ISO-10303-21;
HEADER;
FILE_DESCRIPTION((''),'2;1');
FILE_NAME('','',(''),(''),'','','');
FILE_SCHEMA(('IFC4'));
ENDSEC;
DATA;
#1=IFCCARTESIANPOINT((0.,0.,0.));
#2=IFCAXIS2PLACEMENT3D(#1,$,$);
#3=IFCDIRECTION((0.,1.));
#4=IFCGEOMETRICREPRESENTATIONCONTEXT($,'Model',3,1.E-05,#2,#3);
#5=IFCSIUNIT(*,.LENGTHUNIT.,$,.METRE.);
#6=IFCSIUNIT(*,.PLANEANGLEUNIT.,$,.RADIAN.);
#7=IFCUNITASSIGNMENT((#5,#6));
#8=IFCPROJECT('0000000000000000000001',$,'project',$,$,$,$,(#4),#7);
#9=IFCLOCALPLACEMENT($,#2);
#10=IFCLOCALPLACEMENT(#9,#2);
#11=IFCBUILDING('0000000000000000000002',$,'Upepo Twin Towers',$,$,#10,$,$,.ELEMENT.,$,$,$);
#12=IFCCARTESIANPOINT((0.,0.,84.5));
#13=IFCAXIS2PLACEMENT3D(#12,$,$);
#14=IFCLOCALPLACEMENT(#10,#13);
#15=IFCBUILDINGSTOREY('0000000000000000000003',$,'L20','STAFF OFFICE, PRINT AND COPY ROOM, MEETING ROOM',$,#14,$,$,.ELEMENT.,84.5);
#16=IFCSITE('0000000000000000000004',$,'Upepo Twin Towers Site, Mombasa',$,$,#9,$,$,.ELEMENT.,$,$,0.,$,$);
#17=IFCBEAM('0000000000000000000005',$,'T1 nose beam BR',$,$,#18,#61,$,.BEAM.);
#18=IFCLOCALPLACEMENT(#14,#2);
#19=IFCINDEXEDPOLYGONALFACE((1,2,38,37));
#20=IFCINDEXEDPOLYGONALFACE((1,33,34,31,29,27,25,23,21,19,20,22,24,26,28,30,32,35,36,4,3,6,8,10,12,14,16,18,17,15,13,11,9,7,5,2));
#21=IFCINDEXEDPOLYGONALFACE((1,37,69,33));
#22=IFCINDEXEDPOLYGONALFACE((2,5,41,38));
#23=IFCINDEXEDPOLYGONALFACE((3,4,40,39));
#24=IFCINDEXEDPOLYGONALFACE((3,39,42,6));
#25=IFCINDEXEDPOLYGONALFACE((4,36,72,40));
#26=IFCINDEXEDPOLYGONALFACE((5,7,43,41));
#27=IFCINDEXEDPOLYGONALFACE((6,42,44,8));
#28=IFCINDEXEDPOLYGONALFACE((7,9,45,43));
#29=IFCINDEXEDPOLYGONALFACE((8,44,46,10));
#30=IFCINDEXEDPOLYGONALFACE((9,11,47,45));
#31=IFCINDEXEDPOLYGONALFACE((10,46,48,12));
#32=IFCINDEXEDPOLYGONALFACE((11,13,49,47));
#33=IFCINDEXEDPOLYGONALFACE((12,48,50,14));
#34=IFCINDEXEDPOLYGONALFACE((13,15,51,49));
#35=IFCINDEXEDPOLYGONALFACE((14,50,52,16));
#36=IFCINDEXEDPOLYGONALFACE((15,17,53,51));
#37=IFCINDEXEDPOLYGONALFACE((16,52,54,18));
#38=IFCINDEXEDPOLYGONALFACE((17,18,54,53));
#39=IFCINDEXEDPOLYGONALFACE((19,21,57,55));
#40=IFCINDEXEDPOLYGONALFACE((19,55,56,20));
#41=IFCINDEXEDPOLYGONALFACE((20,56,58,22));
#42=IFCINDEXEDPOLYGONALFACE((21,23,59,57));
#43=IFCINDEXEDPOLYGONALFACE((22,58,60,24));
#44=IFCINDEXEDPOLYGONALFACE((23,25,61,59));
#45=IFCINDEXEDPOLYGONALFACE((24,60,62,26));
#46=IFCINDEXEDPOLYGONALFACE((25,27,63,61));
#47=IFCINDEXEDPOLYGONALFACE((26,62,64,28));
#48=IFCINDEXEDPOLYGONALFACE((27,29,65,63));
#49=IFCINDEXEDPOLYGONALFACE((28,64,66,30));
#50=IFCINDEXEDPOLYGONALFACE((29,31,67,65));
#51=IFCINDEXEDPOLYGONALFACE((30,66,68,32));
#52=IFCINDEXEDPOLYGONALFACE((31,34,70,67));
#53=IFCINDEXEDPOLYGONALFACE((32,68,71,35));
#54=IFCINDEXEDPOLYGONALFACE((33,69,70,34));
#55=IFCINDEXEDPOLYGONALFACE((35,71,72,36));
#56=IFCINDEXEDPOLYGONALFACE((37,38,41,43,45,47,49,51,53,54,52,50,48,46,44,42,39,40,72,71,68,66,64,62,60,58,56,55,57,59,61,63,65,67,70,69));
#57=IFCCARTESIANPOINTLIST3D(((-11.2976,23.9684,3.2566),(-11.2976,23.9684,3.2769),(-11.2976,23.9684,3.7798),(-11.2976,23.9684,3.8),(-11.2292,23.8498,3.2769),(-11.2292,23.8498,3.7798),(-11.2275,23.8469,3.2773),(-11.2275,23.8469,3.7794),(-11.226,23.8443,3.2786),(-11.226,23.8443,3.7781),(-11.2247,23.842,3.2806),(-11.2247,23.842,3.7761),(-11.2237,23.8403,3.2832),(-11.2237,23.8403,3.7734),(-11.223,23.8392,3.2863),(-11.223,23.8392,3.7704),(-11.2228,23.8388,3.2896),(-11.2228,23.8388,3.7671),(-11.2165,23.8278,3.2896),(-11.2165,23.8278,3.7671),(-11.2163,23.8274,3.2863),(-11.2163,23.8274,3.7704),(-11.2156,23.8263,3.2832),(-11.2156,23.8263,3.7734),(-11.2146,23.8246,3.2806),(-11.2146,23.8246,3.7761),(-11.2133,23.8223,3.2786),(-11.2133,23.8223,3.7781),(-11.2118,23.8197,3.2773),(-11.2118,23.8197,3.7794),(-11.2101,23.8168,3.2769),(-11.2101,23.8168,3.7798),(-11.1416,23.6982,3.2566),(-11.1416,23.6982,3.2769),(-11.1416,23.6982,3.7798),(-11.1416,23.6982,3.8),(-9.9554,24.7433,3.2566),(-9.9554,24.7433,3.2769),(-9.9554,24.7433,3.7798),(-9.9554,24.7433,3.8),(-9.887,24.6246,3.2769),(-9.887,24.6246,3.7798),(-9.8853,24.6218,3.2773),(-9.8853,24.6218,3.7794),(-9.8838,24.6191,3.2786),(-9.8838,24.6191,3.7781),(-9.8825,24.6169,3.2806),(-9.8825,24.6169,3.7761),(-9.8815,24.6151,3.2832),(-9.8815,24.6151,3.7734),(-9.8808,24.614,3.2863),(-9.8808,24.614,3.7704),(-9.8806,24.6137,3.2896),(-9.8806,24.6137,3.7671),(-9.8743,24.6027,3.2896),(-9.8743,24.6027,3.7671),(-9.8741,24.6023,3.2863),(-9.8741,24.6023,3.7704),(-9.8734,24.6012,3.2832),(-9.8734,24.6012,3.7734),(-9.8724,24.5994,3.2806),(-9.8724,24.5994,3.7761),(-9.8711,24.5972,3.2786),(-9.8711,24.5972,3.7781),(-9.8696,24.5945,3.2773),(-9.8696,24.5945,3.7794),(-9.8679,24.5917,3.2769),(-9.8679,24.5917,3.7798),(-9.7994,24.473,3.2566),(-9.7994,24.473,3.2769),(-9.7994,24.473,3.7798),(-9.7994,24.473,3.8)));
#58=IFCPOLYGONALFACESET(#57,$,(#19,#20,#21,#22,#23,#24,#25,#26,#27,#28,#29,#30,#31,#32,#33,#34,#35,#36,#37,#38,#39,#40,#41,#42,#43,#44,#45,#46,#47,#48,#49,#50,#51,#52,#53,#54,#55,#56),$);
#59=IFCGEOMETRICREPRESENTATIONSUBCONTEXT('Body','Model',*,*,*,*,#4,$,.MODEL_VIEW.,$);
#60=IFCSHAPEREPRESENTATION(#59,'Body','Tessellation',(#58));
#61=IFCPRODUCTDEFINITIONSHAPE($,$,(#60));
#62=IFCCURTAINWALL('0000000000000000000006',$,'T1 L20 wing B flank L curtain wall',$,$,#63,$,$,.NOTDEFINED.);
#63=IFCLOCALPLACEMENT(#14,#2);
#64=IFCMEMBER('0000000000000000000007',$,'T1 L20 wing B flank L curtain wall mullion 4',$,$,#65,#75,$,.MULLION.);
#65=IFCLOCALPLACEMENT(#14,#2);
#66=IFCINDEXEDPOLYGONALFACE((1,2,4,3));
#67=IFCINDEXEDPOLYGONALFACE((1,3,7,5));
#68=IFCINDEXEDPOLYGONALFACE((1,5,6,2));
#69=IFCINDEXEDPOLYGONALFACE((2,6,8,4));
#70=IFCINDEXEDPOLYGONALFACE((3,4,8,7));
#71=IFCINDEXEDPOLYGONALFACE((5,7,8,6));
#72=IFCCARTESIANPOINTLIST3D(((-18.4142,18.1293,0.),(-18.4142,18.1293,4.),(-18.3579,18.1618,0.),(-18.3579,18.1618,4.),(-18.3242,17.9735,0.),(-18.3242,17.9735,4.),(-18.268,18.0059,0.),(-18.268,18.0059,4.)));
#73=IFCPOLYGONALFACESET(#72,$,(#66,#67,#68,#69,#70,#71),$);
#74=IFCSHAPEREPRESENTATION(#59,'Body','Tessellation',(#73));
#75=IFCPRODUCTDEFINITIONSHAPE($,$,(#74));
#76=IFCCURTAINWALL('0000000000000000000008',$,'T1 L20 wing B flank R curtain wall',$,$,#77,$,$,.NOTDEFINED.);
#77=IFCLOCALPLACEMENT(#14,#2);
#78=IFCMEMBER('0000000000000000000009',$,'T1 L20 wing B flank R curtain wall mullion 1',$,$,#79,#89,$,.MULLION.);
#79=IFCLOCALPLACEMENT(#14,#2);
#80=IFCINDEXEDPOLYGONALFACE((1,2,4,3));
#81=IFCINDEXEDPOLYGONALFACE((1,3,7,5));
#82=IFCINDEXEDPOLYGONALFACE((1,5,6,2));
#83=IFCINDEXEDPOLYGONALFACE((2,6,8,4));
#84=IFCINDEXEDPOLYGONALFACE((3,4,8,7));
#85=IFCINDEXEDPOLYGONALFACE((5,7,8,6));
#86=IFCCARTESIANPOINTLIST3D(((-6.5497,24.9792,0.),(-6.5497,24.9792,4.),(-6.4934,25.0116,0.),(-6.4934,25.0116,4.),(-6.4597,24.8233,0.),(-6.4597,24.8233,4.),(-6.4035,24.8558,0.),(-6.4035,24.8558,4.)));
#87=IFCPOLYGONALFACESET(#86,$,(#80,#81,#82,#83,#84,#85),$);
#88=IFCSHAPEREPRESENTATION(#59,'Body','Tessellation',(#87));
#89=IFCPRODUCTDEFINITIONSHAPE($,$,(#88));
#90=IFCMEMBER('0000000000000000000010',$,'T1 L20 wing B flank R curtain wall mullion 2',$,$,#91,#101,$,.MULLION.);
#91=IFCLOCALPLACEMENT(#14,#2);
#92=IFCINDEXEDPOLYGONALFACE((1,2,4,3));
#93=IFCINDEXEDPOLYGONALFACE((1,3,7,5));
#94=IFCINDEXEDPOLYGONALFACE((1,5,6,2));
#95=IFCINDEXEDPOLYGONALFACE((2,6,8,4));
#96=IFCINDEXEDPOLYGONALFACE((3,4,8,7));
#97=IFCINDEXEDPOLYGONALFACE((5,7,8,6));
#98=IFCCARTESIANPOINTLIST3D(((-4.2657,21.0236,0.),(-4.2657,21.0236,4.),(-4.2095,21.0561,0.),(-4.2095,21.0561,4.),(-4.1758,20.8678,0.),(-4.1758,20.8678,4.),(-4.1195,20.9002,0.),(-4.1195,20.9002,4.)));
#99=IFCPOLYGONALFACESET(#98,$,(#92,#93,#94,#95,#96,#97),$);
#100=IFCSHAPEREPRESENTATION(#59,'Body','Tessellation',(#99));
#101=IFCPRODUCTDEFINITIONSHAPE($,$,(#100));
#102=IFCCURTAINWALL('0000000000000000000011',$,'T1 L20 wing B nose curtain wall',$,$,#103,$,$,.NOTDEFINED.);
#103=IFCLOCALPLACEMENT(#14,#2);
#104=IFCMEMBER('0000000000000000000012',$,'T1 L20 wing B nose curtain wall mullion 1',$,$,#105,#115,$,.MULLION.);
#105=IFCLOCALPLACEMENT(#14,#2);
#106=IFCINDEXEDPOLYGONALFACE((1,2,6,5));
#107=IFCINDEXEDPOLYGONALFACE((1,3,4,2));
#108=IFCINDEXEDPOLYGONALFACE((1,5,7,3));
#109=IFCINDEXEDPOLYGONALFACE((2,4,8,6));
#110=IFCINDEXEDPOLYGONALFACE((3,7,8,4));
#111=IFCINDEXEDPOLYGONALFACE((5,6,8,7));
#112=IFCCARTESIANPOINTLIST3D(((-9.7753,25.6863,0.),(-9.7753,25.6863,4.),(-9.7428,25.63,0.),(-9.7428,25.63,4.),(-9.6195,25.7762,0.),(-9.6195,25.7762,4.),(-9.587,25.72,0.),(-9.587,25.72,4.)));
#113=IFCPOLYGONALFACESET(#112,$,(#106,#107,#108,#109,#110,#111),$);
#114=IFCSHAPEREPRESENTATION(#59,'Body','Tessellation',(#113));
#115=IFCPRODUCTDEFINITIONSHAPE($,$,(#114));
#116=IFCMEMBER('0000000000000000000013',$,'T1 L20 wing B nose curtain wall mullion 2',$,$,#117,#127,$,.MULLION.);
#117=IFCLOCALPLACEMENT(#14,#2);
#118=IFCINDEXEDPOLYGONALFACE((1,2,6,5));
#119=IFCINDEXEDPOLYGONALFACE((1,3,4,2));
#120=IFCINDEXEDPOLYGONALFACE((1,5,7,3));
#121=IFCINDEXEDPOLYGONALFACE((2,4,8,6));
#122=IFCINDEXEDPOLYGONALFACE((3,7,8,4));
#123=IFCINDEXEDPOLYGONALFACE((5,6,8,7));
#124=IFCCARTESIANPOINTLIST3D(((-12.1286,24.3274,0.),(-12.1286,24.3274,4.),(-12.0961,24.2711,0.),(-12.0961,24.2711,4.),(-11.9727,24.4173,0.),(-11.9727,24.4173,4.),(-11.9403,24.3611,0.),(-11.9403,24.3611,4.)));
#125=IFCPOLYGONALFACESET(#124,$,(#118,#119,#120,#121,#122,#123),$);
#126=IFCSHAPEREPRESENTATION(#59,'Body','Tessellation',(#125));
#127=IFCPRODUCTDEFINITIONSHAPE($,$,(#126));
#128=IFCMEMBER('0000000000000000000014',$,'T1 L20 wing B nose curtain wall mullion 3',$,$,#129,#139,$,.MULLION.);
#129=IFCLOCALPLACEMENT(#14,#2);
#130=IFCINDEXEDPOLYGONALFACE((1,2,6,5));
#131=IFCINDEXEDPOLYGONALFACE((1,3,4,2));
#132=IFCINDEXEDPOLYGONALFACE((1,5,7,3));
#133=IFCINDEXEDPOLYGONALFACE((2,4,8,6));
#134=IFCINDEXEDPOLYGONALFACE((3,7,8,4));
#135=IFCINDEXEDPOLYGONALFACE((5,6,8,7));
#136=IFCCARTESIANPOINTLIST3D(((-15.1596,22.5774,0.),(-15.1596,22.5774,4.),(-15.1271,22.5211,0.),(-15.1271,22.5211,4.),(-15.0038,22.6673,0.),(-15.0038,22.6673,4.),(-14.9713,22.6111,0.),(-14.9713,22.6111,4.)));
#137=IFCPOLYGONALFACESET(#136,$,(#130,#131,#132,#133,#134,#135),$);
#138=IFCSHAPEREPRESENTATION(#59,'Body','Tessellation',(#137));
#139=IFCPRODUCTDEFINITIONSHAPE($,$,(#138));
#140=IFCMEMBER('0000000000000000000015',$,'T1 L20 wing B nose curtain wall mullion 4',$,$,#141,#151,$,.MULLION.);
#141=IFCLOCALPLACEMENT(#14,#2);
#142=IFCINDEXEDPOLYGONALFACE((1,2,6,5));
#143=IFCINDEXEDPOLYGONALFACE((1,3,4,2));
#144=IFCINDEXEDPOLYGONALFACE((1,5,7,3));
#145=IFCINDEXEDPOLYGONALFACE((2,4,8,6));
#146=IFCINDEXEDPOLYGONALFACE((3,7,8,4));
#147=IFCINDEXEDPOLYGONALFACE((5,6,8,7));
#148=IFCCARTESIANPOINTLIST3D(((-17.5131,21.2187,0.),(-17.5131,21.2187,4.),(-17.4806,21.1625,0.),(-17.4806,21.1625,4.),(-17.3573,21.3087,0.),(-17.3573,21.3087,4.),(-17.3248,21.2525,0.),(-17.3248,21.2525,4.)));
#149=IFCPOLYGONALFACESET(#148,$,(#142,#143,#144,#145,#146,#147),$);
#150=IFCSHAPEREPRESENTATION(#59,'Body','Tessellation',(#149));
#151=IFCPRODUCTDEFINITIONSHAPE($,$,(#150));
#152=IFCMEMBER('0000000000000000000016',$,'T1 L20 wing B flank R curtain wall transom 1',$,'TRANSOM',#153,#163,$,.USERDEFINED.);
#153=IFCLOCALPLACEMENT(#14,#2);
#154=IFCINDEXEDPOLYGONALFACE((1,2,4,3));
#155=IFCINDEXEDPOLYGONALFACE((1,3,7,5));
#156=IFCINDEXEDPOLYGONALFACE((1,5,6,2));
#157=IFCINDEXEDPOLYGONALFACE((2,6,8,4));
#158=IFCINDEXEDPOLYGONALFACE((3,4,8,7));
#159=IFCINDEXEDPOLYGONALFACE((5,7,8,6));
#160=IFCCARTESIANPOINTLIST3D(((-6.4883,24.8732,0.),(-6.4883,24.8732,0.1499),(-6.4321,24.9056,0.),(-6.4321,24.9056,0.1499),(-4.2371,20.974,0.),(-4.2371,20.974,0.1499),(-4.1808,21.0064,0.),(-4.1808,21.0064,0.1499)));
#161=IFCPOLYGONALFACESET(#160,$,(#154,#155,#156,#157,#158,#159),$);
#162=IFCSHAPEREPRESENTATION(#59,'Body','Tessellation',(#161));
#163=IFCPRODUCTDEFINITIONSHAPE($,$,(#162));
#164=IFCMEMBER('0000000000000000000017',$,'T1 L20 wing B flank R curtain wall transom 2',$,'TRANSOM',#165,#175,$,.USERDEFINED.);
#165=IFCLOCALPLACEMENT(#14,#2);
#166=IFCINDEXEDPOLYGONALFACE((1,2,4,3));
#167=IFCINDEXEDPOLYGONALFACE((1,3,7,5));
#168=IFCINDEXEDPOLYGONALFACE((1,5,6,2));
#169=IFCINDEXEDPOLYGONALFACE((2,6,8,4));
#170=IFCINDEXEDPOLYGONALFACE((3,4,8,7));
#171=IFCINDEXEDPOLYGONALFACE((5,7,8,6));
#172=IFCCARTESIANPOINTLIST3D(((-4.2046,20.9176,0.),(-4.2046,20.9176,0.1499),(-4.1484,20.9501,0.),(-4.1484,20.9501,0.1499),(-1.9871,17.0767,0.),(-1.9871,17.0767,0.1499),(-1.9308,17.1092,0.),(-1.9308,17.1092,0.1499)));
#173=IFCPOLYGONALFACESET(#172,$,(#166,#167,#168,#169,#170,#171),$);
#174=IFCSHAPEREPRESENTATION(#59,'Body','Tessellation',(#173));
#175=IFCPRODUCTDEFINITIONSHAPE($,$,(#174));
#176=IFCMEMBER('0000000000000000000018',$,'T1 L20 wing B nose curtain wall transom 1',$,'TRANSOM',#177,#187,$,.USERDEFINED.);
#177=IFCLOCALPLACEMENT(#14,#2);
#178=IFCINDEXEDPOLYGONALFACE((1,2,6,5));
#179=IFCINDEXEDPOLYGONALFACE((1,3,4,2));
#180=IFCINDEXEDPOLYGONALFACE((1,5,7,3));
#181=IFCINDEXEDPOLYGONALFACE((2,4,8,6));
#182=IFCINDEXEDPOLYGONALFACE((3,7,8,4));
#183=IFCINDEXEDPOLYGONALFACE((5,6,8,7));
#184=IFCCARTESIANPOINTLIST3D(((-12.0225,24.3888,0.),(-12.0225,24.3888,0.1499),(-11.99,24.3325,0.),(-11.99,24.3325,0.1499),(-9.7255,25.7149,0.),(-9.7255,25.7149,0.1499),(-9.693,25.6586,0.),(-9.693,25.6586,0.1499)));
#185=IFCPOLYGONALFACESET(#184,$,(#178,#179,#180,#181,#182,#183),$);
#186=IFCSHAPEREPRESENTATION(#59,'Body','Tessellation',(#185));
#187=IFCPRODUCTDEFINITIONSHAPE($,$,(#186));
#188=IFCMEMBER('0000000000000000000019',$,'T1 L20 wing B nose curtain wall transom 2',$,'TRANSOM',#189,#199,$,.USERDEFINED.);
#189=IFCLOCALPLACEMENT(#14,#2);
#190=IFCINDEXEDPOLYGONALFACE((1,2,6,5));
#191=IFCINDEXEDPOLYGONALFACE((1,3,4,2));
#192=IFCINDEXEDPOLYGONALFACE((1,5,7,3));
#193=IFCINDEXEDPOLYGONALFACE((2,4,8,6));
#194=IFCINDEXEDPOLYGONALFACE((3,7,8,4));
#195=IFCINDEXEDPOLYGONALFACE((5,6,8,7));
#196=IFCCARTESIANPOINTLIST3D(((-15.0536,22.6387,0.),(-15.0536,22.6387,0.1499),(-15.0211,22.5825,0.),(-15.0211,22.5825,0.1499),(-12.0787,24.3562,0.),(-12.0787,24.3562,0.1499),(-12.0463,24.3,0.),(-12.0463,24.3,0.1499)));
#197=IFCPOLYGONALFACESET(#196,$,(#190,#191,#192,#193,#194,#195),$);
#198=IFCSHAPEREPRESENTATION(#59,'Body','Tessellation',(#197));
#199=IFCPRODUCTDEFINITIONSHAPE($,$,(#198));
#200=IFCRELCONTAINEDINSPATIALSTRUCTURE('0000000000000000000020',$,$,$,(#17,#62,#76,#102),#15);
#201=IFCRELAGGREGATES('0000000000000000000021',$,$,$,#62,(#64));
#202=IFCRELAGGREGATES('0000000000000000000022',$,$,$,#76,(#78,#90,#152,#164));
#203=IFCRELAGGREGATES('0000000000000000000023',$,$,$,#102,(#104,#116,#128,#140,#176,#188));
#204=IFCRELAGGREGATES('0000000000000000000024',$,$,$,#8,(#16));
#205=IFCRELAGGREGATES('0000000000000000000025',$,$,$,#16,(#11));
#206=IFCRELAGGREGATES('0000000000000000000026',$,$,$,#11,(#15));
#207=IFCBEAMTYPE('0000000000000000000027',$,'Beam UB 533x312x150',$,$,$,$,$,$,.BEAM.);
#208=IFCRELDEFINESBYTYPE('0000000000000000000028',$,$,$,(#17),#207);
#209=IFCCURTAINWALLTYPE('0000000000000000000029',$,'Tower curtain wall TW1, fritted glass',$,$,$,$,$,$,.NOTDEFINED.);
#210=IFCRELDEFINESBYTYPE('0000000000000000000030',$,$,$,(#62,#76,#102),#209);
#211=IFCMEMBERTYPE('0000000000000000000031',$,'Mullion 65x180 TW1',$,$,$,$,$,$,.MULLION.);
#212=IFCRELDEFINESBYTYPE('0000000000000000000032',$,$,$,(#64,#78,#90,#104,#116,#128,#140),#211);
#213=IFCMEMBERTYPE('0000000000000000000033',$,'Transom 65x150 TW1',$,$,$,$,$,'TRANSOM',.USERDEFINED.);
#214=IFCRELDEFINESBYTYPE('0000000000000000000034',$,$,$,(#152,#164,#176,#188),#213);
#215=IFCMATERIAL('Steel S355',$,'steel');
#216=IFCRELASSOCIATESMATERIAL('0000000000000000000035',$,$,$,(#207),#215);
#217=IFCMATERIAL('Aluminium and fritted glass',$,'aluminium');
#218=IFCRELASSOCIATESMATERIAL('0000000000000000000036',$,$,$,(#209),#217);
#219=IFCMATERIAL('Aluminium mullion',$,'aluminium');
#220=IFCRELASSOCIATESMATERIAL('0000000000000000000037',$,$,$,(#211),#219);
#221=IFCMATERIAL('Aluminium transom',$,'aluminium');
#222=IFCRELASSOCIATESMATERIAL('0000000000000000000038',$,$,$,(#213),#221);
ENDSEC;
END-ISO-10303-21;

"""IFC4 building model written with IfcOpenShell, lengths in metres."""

from ifc_helpers import new_model, si_unit, direction, frame, origin, origin_2d, place, context, subcontext, project, spatial, rectangle, i_section, extrude, material, material_profile, profile_set, type_object, element, aggregate, save


model = new_model("IFC4")

# Units and contexts
model_context = context("Model", 3, precision=1e-05, world=origin(), true_north=direction((0.0, 1.0)))
body_context = subcontext(model_context, "Body", "Model", "MODEL_VIEW")
ifc_project = project(units=[si_unit("LENGTHUNIT", "METRE"), si_unit("PLANEANGLEUNIT", "RADIAN")], contexts=[model_context])

# Site, building, storey
site_placement = place(None, origin())
site = spatial("IfcSite", under=ifc_project, at=site_placement, Name="Upepo Twin Towers Site, Mombasa", CompositionType="ELEMENT", RefElevation=0.0)
building_placement = place(site_placement, origin())
building = spatial("IfcBuilding", under=site, at=building_placement, Name="Upepo Twin Towers", CompositionType="ELEMENT")
storey_placement = place(building_placement, frame((0.0, 0.0, 84.5)))
storey = spatial("IfcBuildingStorey", under=building, at=storey_placement, Name="L20", Description="STAFF OFFICE, PRINT AND COPY ROOM, MEETING ROOM", CompositionType="ELEMENT", Elevation=84.5)

# Beam
ifc_material_1 = material(Name="Steel S355", Category="steel")
ifc_material_profile_1 = material_profile(ifc_material_1, i_section(OverallWidth=0.312, OverallDepth=0.5435, WebThickness=0.0127, FlangeThickness=0.0203, FilletRadius=0.0127, at=origin_2d()), Name="UB 533x312x150")
ifc_profile_set_1 = profile_set([ifc_material_profile_1], Name="Steel S355")
beam_type_1 = type_object("IfcBeamType", Name="Beam UB 533x312x150", PredefinedType="BEAM", material=ifc_profile_set_1)
for number, where, z_axis, x_axis, name in (
    (1, (-9.8774, 24.6082, 3.5283), (-0.866044, -0.499968, 0.0), (0.499968, -0.866044, 0.0), "T1 nose beam BR"),
):
    element("IfcBeam", number, at=place(storey_placement, frame(where, z_axis=z_axis, x_axis=x_axis)), inside=storey, type_object=beam_type_1, Name=name, PredefinedType="BEAM", context=body_context, shape_type="SweptSolid", body=[
        extrude(i_section(OverallWidth=0.312, OverallDepth=0.5435, WebThickness=0.0127, FlangeThickness=0.0203, FilletRadius=0.0127, at=origin_2d()), origin(), (0.0, 0.0, 1.0), 1.5498),
    ])

# Curtain wall, member
ifc_material_2 = material(Name="Aluminium and fritted glass", Category="aluminium")
curtain_wall_type = type_object("IfcCurtainWallType", Name="Tower curtain wall TW1, fritted glass", PredefinedType="NOTDEFINED", material=ifc_material_2)
curtain_wall_1_placement = place(storey_placement, origin())
curtain_wall_1 = element("IfcCurtainWall", 2, at=curtain_wall_1_placement, inside=storey, type_object=curtain_wall_type, Name="T1 L20 wing B flank L curtain wall", PredefinedType="NOTDEFINED")
ifc_material_3 = material(Name="Aluminium mullion", Category="aluminium")
ifc_material_profile_2 = material_profile(ifc_material_3, rectangle(XDim=0.0649, YDim=0.1799, at=origin_2d()), Name="MULLION 65x180")
ifc_profile_set_2 = profile_set([ifc_material_profile_2], Name="Aluminium mullion")
member_type_1 = type_object("IfcMemberType", Name="Mullion 65x180 TW1", PredefinedType="MULLION", material=ifc_profile_set_2)
member_1_placement = place(storey_placement, frame((-18.3411, 18.0676, 0.0), z_axis=(0.0, 0.0, 1.0), x_axis=(-0.866025, -0.5, 0.0)))
member_1 = element("IfcMember", 3, at=member_1_placement, type_object=member_type_1, Name="T1 L20 wing B flank L curtain wall mullion 4", PredefinedType="MULLION", context=body_context, shape_type="SweptSolid", body=[
    extrude(rectangle(XDim=0.0649, YDim=0.1799, at=origin_2d()), origin(), (0.0, 0.0, 1.0), 4.0),
])
aggregate(curtain_wall_1, [member_1])

# Curtain walls, members
curtain_wall_2_placement = place(storey_placement, origin())
curtain_wall_2 = element("IfcCurtainWall", 4, at=curtain_wall_2_placement, inside=storey, type_object=curtain_wall_type, Name="T1 L20 wing B flank R curtain wall", PredefinedType="NOTDEFINED")
member_2_placement = place(storey_placement, frame((-6.4766, 24.9175, 0.0), z_axis=(0.0, 0.0, 1.0), x_axis=(0.866025, 0.5, 0.0)))
member_2 = element("IfcMember", 5, at=member_2_placement, type_object=member_type_1, Name="T1 L20 wing B flank R curtain wall mullion 1", PredefinedType="MULLION", context=body_context, shape_type="SweptSolid", body=[
    extrude(rectangle(XDim=0.0649, YDim=0.1799, at=origin_2d()), origin(), (0.0, 0.0, 1.0), 4.0),
])
member_3_placement = place(storey_placement, frame((-4.1926, 20.9619, 0.0), z_axis=(0.0, 0.0, 1.0), x_axis=(0.866025, 0.5, 0.0)))
member_3 = element("IfcMember", 6, at=member_3_placement, type_object=member_type_1, Name="T1 L20 wing B flank R curtain wall mullion 2", PredefinedType="MULLION", context=body_context, shape_type="SweptSolid", body=[
    extrude(rectangle(XDim=0.0649, YDim=0.1799, at=origin_2d()), origin(), (0.0, 0.0, 1.0), 4.0),
])
curtain_wall_3_placement = place(storey_placement, origin())
curtain_wall_3 = element("IfcCurtainWall", 7, at=curtain_wall_3_placement, inside=storey, type_object=curtain_wall_type, Name="T1 L20 wing B nose curtain wall", PredefinedType="NOTDEFINED")
member_4_placement = place(storey_placement, frame((-9.6812, 25.7031, 0.0), z_axis=(0.0, 0.0, 1.0), x_axis=(0.5, -0.866025, 0.0)))
member_4 = element("IfcMember", 8, at=member_4_placement, type_object=member_type_1, Name="T1 L20 wing B nose curtain wall mullion 1", PredefinedType="MULLION", context=body_context, shape_type="SweptSolid", body=[
    extrude(rectangle(XDim=0.0649, YDim=0.1799, at=origin_2d()), origin(), (0.0, 0.0, 1.0), 4.0),
])
member_5_placement = place(storey_placement, frame((-12.0344, 24.3442, 0.0), z_axis=(0.0, 0.0, 1.0), x_axis=(0.5, -0.866025, 0.0)))
member_5 = element("IfcMember", 9, at=member_5_placement, type_object=member_type_1, Name="T1 L20 wing B nose curtain wall mullion 2", PredefinedType="MULLION", context=body_context, shape_type="SweptSolid", body=[
    extrude(rectangle(XDim=0.0649, YDim=0.1799, at=origin_2d()), origin(), (0.0, 0.0, 1.0), 4.0),
])
member_6_placement = place(storey_placement, frame((-15.0654, 22.5942, 0.0), z_axis=(0.0, 0.0, 1.0), x_axis=(0.5, -0.866025, 0.0)))
member_6 = element("IfcMember", 10, at=member_6_placement, type_object=member_type_1, Name="T1 L20 wing B nose curtain wall mullion 3", PredefinedType="MULLION", context=body_context, shape_type="SweptSolid", body=[
    extrude(rectangle(XDim=0.0649, YDim=0.1799, at=origin_2d()), origin(), (0.0, 0.0, 1.0), 4.0),
])
member_7_placement = place(storey_placement, frame((-17.4189, 21.2356, 0.0), z_axis=(0.0, 0.0, 1.0), x_axis=(0.5, -0.866025, 0.0)))
member_7 = element("IfcMember", 11, at=member_7_placement, type_object=member_type_1, Name="T1 L20 wing B nose curtain wall mullion 4", PredefinedType="MULLION", context=body_context, shape_type="SweptSolid", body=[
    extrude(rectangle(XDim=0.0649, YDim=0.1799, at=origin_2d()), origin(), (0.0, 0.0, 1.0), 4.0),
])

# Members
ifc_material_4 = material(Name="Aluminium transom", Category="aluminium")
ifc_material_profile_3 = material_profile(ifc_material_4, rectangle(XDim=0.0649, YDim=0.1499, at=origin_2d()), Name="TRANSOM 65x150")
ifc_profile_set_3 = profile_set([ifc_material_profile_3], Name="Aluminium transom")
member_type_2 = type_object("IfcMemberType", Name="Transom 65x150 TW1", ElementType="TRANSOM", PredefinedType="USERDEFINED", material=ifc_profile_set_3)
member_8_placement = place(storey_placement, frame((-6.4602, 24.8894, 0.075), z_axis=(0.500006, -0.866022, 0.0), x_axis=(0.866022, 0.500006, 0.0)))
member_8 = element("IfcMember", 12, at=member_8_placement, type_object=member_type_2, Name="T1 L20 wing B flank R curtain wall transom 1", ObjectType="TRANSOM", PredefinedType="USERDEFINED", context=body_context, shape_type="SweptSolid", body=[
    extrude(rectangle(XDim=0.0649, YDim=0.1499, at=origin_2d()), origin(), (0.0, 0.0, 1.0), 4.5024),
])
member_9_placement = place(storey_placement, frame((-4.1765, 20.9338, 0.075), z_axis=(0.500005, -0.866022, 0.0), x_axis=(0.866022, 0.500005, 0.0)))
member_9 = element("IfcMember", 13, at=member_9_placement, type_object=member_type_2, Name="T1 L20 wing B flank R curtain wall transom 2", ObjectType="TRANSOM", PredefinedType="USERDEFINED", context=body_context, shape_type="SweptSolid", body=[
    extrude(rectangle(XDim=0.0649, YDim=0.1499, at=origin_2d()), origin(), (0.0, 0.0, 1.0), 4.4351),
])
member_10_placement = place(storey_placement, frame((-9.7092, 25.6868, 0.075), z_axis=(-0.866037, -0.49998, 0.0), x_axis=(0.49998, -0.866037, 0.0)))
member_10 = element("IfcMember", 14, at=member_10_placement, type_object=member_type_2, Name="T1 L20 wing B nose curtain wall transom 1", ObjectType="TRANSOM", PredefinedType="USERDEFINED", context=body_context, shape_type="SweptSolid", body=[
    extrude(rectangle(XDim=0.0649, YDim=0.1499, at=origin_2d()), origin(), (0.0, 0.0, 1.0), 2.6523),
])
member_11_placement = place(storey_placement, frame((-12.0625, 24.3281, 0.075), z_axis=(-0.866026, -0.499999, 0.0), x_axis=(0.499999, -0.866026, 0.0)))
member_11 = element("IfcMember", 15, at=member_11_placement, type_object=member_type_2, Name="T1 L20 wing B nose curtain wall transom 2", ObjectType="TRANSOM", PredefinedType="USERDEFINED", context=body_context, shape_type="SweptSolid", body=[
    extrude(rectangle(XDim=0.0649, YDim=0.1499, at=origin_2d()), origin(), (0.0, 0.0, 1.0), 3.4351),
])

aggregate(curtain_wall_2, [member_2, member_3, member_8, member_9])
aggregate(curtain_wall_3, [member_4, member_5, member_6, member_7, member_10, member_11])

save(model, "model.ifc")
